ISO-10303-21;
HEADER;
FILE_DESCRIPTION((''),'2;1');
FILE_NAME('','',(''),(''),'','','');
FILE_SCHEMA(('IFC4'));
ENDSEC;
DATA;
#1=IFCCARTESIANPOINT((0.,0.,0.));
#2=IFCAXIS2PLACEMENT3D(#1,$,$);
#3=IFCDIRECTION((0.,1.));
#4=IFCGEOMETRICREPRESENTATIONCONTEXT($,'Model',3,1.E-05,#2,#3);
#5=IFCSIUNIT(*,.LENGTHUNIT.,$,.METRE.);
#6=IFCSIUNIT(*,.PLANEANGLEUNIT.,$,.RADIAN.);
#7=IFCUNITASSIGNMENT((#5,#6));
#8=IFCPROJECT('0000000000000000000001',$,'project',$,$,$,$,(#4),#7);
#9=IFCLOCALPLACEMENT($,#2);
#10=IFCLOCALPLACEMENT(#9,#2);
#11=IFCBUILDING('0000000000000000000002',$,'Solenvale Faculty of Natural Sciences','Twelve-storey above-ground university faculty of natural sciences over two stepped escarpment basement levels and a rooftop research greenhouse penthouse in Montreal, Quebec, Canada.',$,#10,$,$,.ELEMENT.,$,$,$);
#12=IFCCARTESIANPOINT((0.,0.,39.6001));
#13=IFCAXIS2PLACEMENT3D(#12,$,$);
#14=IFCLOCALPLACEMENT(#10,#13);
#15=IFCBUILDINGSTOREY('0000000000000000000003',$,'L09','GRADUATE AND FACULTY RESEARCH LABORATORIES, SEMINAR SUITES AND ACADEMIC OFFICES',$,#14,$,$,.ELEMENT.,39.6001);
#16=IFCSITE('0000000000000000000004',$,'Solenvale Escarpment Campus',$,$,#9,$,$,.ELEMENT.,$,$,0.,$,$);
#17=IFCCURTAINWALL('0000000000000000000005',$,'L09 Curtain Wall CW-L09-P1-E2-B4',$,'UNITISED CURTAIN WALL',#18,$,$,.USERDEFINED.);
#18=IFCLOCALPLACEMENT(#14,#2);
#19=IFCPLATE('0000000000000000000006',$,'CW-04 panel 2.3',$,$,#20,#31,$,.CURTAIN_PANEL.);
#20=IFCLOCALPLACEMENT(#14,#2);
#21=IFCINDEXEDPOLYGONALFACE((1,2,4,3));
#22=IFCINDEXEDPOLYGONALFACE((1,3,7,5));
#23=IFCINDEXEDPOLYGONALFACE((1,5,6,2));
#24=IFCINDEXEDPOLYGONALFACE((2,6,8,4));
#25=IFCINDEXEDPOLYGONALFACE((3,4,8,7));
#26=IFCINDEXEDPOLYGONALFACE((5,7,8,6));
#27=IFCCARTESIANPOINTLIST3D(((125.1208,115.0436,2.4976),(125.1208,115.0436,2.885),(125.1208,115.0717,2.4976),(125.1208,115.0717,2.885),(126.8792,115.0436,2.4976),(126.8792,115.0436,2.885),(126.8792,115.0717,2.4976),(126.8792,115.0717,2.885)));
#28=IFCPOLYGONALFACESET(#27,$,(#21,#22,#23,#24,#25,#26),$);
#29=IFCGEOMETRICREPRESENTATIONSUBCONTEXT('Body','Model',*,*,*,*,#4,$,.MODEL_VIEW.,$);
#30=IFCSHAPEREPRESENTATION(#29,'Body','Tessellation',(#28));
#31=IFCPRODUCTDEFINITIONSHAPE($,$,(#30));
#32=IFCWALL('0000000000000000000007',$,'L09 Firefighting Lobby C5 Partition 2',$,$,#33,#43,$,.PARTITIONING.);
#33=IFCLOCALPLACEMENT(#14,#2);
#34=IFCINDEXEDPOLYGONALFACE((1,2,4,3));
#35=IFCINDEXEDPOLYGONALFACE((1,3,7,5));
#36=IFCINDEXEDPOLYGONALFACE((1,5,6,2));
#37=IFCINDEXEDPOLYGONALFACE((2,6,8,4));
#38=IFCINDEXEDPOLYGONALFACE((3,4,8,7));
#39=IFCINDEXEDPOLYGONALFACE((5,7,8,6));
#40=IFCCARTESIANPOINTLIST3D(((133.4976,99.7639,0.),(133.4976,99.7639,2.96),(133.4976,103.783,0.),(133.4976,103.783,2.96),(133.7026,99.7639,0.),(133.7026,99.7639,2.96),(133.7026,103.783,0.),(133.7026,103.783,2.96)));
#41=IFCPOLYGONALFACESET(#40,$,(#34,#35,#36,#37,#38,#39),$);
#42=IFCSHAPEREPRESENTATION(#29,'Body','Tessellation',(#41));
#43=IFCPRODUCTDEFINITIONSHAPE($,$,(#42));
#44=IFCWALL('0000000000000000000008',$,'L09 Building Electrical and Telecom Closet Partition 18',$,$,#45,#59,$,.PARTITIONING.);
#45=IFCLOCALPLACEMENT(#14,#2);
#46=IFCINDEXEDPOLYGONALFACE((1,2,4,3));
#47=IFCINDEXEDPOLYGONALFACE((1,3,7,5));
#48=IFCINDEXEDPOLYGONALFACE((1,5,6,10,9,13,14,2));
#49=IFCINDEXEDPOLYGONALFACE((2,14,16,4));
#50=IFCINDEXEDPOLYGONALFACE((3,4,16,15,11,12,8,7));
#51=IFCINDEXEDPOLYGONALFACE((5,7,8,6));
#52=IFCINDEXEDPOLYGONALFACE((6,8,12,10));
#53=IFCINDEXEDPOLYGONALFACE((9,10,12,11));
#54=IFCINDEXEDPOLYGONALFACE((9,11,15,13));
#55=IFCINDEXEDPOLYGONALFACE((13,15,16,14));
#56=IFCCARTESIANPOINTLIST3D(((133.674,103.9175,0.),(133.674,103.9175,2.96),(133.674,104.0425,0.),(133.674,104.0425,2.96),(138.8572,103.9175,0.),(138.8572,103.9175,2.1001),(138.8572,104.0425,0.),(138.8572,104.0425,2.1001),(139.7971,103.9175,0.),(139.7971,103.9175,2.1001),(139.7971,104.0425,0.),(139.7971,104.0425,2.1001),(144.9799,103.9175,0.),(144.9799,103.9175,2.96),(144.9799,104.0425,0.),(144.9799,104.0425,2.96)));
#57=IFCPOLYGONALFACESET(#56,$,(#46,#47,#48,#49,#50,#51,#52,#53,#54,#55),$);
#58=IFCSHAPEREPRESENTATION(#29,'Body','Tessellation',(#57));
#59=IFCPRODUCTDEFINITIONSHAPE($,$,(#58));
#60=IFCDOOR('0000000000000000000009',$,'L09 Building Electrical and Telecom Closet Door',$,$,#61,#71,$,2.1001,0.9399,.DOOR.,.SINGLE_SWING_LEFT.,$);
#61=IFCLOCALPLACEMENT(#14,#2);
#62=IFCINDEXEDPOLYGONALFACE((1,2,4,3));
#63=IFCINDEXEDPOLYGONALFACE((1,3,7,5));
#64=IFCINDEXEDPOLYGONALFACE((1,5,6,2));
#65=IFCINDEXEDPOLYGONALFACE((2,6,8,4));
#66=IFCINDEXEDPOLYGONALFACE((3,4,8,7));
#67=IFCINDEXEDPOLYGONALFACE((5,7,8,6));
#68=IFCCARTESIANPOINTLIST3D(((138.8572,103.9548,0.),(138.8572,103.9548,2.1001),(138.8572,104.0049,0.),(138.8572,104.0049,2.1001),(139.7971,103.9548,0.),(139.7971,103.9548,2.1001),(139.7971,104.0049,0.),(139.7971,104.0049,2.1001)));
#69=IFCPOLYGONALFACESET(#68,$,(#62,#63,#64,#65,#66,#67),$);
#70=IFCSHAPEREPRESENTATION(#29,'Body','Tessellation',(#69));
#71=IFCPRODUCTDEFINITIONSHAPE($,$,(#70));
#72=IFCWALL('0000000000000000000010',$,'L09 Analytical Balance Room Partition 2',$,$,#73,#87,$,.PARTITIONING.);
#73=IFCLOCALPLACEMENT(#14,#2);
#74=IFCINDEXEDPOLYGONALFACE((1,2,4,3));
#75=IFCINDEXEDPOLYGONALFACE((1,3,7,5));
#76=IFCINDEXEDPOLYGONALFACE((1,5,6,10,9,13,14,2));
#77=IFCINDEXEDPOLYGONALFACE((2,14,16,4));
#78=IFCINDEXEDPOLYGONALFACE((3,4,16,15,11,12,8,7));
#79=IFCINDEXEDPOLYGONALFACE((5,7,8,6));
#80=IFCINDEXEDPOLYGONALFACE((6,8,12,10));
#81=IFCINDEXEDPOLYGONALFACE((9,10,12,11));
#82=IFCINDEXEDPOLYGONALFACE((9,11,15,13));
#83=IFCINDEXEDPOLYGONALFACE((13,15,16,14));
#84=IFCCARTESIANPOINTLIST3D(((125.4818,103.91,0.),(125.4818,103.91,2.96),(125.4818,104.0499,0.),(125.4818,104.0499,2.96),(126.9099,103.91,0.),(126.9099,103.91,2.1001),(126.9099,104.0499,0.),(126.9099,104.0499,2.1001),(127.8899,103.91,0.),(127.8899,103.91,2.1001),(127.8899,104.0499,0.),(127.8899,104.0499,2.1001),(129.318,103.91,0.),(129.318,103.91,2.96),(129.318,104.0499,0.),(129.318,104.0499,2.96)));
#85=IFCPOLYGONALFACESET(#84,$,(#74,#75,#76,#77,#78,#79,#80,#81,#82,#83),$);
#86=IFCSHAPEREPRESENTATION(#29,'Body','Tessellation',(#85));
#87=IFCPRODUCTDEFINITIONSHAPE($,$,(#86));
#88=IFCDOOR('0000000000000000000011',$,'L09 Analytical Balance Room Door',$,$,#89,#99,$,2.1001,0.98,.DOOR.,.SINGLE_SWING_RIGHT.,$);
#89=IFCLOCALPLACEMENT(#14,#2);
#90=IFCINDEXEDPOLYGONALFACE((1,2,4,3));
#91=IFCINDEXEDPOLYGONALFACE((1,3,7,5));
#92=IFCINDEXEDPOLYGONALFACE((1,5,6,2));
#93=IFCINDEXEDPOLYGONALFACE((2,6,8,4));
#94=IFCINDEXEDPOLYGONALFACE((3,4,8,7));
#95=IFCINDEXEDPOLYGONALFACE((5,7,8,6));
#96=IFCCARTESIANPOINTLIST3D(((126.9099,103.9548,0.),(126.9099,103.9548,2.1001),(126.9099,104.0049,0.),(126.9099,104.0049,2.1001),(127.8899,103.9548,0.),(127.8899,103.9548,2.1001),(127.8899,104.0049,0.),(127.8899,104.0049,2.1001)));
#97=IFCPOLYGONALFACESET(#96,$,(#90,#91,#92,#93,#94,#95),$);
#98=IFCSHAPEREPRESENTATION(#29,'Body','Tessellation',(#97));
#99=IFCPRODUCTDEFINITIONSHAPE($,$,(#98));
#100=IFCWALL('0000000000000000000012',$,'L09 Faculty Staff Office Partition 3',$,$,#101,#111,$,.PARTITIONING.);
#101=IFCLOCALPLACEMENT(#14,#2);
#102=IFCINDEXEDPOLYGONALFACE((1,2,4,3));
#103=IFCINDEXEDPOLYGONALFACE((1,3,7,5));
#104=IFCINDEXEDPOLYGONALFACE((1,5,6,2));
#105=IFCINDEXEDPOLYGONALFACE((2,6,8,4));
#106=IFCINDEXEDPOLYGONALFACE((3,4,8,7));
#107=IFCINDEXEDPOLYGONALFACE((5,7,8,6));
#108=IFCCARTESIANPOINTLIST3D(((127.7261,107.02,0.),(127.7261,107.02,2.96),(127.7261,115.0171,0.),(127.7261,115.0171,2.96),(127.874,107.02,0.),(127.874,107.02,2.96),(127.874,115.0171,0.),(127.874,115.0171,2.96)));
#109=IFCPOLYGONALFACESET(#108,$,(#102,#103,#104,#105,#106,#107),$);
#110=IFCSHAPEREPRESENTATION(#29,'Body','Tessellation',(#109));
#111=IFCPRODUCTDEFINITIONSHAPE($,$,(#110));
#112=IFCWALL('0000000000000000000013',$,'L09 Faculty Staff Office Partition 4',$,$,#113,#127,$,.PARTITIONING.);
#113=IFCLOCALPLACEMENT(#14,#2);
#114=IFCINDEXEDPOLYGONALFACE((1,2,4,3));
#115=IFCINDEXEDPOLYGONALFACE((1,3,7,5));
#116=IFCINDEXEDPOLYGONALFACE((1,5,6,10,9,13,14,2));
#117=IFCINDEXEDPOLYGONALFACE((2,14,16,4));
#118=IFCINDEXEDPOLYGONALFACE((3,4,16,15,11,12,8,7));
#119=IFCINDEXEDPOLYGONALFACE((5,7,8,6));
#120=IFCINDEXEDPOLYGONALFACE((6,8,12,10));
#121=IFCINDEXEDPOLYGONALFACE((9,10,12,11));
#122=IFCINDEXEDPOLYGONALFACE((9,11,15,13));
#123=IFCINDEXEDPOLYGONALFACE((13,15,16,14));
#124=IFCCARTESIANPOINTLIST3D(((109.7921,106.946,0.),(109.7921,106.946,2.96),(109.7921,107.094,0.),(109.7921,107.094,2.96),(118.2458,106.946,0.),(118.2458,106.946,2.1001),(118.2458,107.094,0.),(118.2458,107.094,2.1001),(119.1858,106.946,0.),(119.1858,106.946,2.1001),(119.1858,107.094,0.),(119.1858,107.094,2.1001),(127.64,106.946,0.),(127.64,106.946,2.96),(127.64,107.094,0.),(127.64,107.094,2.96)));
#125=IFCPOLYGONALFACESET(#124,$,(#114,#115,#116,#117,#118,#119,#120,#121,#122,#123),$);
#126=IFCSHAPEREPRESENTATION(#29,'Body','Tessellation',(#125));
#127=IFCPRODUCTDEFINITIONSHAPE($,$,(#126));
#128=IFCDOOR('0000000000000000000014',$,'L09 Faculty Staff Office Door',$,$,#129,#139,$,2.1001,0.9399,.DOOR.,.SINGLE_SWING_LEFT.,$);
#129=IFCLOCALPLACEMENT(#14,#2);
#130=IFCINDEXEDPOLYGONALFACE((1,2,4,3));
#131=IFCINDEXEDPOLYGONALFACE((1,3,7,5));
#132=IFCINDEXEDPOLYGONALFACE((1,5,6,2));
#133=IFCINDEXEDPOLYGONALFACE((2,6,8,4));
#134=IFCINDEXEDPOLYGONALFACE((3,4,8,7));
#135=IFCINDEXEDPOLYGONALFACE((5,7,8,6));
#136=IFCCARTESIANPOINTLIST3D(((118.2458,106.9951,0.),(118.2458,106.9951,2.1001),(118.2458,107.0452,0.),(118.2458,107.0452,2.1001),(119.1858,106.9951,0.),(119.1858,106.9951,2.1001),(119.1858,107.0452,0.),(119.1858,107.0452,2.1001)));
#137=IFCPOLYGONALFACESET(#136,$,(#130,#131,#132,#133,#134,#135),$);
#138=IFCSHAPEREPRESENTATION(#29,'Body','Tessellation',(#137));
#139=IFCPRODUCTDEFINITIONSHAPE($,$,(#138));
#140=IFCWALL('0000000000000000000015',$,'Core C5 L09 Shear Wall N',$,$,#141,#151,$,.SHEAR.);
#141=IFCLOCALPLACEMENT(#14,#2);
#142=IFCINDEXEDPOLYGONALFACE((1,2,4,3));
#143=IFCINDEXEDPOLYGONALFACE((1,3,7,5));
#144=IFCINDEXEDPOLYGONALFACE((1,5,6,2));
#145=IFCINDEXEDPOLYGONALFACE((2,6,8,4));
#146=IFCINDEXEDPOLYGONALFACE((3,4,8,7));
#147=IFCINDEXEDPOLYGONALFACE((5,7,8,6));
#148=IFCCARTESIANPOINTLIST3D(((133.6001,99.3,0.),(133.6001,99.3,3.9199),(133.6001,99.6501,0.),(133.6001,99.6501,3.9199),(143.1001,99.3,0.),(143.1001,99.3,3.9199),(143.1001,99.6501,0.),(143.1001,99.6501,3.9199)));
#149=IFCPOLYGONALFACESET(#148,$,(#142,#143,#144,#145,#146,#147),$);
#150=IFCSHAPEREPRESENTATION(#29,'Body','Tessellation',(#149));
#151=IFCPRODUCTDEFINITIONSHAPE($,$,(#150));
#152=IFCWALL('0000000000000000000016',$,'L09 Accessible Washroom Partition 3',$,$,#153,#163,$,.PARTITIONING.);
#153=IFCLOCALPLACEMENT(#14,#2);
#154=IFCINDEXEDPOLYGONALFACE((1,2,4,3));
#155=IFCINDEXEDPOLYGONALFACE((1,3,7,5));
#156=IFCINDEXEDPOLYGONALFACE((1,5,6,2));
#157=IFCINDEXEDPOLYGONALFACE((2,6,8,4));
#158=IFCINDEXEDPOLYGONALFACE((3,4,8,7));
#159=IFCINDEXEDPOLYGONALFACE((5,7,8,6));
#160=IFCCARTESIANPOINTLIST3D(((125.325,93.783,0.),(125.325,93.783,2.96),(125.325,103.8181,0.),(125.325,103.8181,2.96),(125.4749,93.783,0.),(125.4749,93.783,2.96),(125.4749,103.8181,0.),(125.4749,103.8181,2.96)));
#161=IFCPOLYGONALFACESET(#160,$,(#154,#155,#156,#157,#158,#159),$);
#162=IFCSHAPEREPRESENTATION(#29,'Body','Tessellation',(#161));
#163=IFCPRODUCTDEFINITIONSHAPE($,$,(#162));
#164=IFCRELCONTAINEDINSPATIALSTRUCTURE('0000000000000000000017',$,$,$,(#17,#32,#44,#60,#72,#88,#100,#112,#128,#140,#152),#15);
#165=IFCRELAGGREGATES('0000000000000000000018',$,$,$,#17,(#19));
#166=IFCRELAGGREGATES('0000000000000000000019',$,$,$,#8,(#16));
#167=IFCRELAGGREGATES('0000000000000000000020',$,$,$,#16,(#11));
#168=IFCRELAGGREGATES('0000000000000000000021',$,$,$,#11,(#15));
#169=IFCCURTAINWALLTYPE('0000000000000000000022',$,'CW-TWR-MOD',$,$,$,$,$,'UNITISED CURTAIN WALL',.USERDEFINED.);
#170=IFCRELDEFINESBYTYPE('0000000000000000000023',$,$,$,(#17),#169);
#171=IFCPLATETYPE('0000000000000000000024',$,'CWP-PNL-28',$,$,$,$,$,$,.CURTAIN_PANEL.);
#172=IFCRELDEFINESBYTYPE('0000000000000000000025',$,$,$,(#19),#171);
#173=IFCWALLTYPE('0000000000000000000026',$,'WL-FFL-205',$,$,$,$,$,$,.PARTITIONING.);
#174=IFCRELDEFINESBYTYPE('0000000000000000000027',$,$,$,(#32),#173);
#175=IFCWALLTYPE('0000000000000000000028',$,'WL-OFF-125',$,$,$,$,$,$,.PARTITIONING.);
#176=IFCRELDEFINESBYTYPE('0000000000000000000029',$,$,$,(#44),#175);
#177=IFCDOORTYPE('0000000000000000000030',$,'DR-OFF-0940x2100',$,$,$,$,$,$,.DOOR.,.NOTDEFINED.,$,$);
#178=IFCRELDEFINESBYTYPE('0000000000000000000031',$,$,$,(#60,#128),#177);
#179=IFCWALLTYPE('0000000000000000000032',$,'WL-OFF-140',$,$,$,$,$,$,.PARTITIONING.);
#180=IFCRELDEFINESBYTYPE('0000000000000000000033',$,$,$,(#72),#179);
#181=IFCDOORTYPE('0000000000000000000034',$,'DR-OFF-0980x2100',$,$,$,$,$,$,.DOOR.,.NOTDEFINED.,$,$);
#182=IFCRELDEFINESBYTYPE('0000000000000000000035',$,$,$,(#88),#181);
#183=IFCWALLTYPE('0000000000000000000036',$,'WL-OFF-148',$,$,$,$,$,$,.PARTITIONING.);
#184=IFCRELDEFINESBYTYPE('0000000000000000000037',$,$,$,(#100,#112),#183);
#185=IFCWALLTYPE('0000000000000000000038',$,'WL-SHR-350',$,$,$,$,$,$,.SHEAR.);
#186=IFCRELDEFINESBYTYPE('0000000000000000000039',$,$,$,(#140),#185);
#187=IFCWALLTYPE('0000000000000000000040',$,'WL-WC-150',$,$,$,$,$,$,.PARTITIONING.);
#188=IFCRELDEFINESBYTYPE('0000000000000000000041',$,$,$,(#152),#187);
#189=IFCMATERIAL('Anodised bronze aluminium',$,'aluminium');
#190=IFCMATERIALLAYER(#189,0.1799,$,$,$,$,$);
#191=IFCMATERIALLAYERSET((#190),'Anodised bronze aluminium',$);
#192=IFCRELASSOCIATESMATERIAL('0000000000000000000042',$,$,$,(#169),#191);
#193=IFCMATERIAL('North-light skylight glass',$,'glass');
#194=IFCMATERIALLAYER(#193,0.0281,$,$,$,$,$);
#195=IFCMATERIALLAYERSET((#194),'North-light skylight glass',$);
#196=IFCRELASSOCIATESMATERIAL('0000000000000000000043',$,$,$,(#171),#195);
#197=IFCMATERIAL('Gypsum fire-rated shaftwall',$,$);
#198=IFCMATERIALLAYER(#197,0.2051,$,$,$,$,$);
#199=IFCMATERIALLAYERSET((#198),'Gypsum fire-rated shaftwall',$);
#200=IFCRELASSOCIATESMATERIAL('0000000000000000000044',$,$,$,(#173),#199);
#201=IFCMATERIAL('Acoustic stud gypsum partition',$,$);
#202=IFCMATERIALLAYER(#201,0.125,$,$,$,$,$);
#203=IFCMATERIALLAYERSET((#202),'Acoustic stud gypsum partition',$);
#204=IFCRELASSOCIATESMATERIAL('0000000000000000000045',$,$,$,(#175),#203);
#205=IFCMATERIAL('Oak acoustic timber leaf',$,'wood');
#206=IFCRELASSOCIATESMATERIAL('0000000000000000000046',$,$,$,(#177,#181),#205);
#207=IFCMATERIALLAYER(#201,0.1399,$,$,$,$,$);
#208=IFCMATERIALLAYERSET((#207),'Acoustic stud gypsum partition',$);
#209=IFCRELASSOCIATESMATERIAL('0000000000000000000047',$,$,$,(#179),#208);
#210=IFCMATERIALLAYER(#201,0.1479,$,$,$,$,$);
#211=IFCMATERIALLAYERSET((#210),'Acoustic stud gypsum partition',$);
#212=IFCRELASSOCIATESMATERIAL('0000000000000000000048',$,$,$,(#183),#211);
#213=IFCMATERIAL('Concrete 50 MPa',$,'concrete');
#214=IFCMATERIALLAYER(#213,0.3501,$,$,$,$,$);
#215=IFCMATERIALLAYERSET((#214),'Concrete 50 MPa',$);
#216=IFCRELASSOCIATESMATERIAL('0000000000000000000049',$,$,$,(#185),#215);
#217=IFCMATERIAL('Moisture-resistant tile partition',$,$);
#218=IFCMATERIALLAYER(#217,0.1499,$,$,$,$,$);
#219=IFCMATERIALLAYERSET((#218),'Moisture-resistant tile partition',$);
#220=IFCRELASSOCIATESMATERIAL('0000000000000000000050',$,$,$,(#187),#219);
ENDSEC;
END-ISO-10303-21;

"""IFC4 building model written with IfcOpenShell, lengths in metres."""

from ifc_helpers import new_model, si_unit, direction, frame, frame_2d, origin, origin_2d, place, context, subcontext, project, spatial, rectangle, extrude, material, layer, layer_set, type_object, element, fill, aggregate, save


model = new_model("IFC4")

# Units and contexts
model_context = context("Model", 3, precision=1e-05, world=origin(), true_north=direction((0.0, 1.0)))
body_context = subcontext(model_context, "Body", "Model", "MODEL_VIEW")
ifc_project = project(units=[si_unit("LENGTHUNIT", "METRE"), si_unit("PLANEANGLEUNIT", "RADIAN")], contexts=[model_context])

# Site, building, storey
site_placement = place(None, origin())
site = spatial("IfcSite", under=ifc_project, at=site_placement, Name="Solenvale Escarpment Campus", CompositionType="ELEMENT", RefElevation=0.0)
building_placement = place(site_placement, origin())
building = spatial("IfcBuilding", under=site, at=building_placement, Name="Solenvale Faculty of Natural Sciences", Description="Twelve-storey above-ground university faculty of natural sciences over two stepped escarpment basement levels and a rooftop research greenhouse penthouse in Montreal, Quebec, Canada.", CompositionType="ELEMENT")
storey_placement = place(building_placement, frame((0.0, 0.0, 39.6001)))
storey = spatial("IfcBuildingStorey", under=building, at=storey_placement, Name="L09", Description="GRADUATE AND FACULTY RESEARCH LABORATORIES, SEMINAR SUITES AND ACADEMIC OFFICES", CompositionType="ELEMENT", Elevation=39.6001)

# Curtain wall, plate
ifc_material_1 = material(Name="Anodised bronze aluminium", Category="aluminium")
ifc_layer_1 = layer(ifc_material_1, 0.1799)
ifc_layer_set_1 = layer_set([ifc_layer_1], Name="Anodised bronze aluminium")
curtain_wall_type = type_object("IfcCurtainWallType", Name="CW-TWR-MOD", ElementType="UNITISED CURTAIN WALL", PredefinedType="USERDEFINED", material=ifc_layer_set_1)
curtain_wall_placement = place(storey_placement, origin())
curtain_wall = element("IfcCurtainWall", 1, at=curtain_wall_placement, inside=storey, type_object=curtain_wall_type, Name="L09 Curtain Wall CW-L09-P1-E2-B4", ObjectType="UNITISED CURTAIN WALL", PredefinedType="USERDEFINED")
ifc_material_2 = material(Name="North-light skylight glass", Category="glass")
ifc_layer_2 = layer(ifc_material_2, 0.0281)
ifc_layer_set_2 = layer_set([ifc_layer_2], Name="North-light skylight glass")
plate_type = type_object("IfcPlateType", Name="CWP-PNL-28", PredefinedType="CURTAIN_PANEL", material=ifc_layer_set_2)
plate_1_placement = place(storey_placement, frame((126.0, 115.0576, 2.4976), z_axis=(0.0, 0.0, 1.0), x_axis=(-1.0, 0.0, 0.0)))
plate_1 = element("IfcPlate", 2, at=plate_1_placement, type_object=plate_type, Name="CW-04 panel 2.3", PredefinedType="CURTAIN_PANEL", context=body_context, shape_type="SweptSolid", body=[
    extrude(rectangle(XDim=1.7583, YDim=0.0281, at=origin_2d()), origin(), (0.0, 0.0, 1.0), 0.3875),
])
aggregate(curtain_wall, [plate_1])

# Shared definitions
ifc_material_3 = material(Name="Gypsum fire-rated shaftwall")
ifc_layer_3 = layer(ifc_material_3, 0.2051)
ifc_layer_set_3 = layer_set([ifc_layer_3], Name="Gypsum fire-rated shaftwall")
wall_type_1 = type_object("IfcWallType", Name="WL-FFL-205", PredefinedType="PARTITIONING", material=ifc_layer_set_3)

# Wall
wall_1_placement = place(storey_placement, frame((133.6001, 103.783, 0.0), z_axis=(0.0, 0.0, 1.0), x_axis=(0.0, -1.0, 0.0)))
element("IfcWall", 3, at=wall_1_placement, inside=storey, type_object=wall_type_1, Name="L09 Firefighting Lobby C5 Partition 2", PredefinedType="PARTITIONING", context=body_context, shape_type="SweptSolid", body=[
    extrude(rectangle(XDim=4.019, YDim=0.2051, at=frame_2d((2.0095, 0.0))), origin(), (0.0, 0.0, 1.0), 2.96),
])

# Walls, openings, doors
ifc_material_4 = material(Name="Acoustic stud gypsum partition")
ifc_layer_4 = layer(ifc_material_4, 0.125)
ifc_layer_set_4 = layer_set([ifc_layer_4], Name="Acoustic stud gypsum partition")
wall_type_2 = type_object("IfcWallType", Name="WL-OFF-125", PredefinedType="PARTITIONING", material=ifc_layer_set_4)
wall_2_placement = place(storey_placement, frame((133.6741, 103.98, 0.0), z_axis=(0.0, 0.0, 1.0), x_axis=(1.0, 0.0, 0.0)))
wall_2 = element("IfcWall", 4, at=wall_2_placement, inside=storey, type_object=wall_type_2, Name="L09 Building Electrical and Telecom Closet Partition 18", PredefinedType="PARTITIONING", context=body_context, shape_type="SweptSolid", body=[
    extrude(rectangle(XDim=11.3059, YDim=0.125, at=frame_2d((5.6528, 0.0))), origin(), (0.0, 0.0, 1.0), 2.96),
])
opening_1_placement = place(wall_2_placement, frame((5.1831, 0.0, 0.0)))
opening_1 = element("IfcOpeningElement", 5, at=opening_1_placement, cuts=wall_2, PredefinedType="OPENING", context=body_context, shape_type="SweptSolid", body=[
    extrude(rectangle(XDim=0.9399, YDim=2.1001, at=frame_2d((0.47, 1.05))), frame((0.0, 0.0725, 0.0), z_axis=(0.0, -1.0, 0.0), x_axis=(1.0, 0.0, 0.0)), (0.0, 0.0, 1.0), 0.145),
])
ifc_material_5 = material(Name="Oak acoustic timber leaf", Category="wood")
door_type_1 = type_object("IfcDoorType", Name="DR-OFF-0940x2100", OperationType="NOTDEFINED", PredefinedType="DOOR", material=ifc_material_5)
door_1_placement = place(opening_1_placement, origin())
door_1 = element("IfcDoor", 6, at=door_1_placement, inside=storey, type_object=door_type_1, Name="L09 Building Electrical and Telecom Closet Door", OperationType="SINGLE_SWING_LEFT", OverallHeight=2.1001, OverallWidth=0.9399, PredefinedType="DOOR", context=body_context, shape_type="SweptSolid", body=[
    extrude(rectangle(XDim=0.9399, YDim=2.1001, at=frame_2d((0.47, 1.05))), frame((0.0, 0.0249, 0.0), z_axis=(0.0, -1.0, 0.0), x_axis=(1.0, 0.0, 0.0)), (0.0, 0.0, 1.0), 0.05),
])
fill(opening_1, door_1)
ifc_layer_5 = layer(ifc_material_4, 0.1399)
ifc_layer_set_5 = layer_set([ifc_layer_5], Name="Acoustic stud gypsum partition")
wall_type_3 = type_object("IfcWallType", Name="WL-OFF-140", PredefinedType="PARTITIONING", material=ifc_layer_set_5)
wall_3_placement = place(storey_placement, frame((125.4819, 103.98, 0.0), z_axis=(0.0, 0.0, 1.0), x_axis=(1.0, 0.0, 0.0)))
wall_3 = element("IfcWall", 7, at=wall_3_placement, inside=storey, type_object=wall_type_3, Name="L09 Analytical Balance Room Partition 2", PredefinedType="PARTITIONING", context=body_context, shape_type="SweptSolid", body=[
    extrude(rectangle(XDim=3.8362, YDim=0.1399, at=frame_2d((1.918, 0.0))), origin(), (0.0, 0.0, 1.0), 2.96),
])
opening_2_placement = place(wall_3_placement, frame((1.428, 0.0, 0.0)))
opening_2 = element("IfcOpeningElement", 8, at=opening_2_placement, cuts=wall_3, PredefinedType="OPENING", context=body_context, shape_type="SweptSolid", body=[
    extrude(rectangle(XDim=0.98, YDim=2.1001, at=frame_2d((0.49, 1.05))), frame((0.0, 0.0798, 0.0), z_axis=(0.0, -1.0, 0.0), x_axis=(1.0, 0.0, 0.0)), (0.0, 0.0, 1.0), 0.1599),
])
door_type_2 = type_object("IfcDoorType", Name="DR-OFF-0980x2100", OperationType="NOTDEFINED", PredefinedType="DOOR", material=ifc_material_5)
door_2_placement = place(opening_2_placement, origin())
door_2 = element("IfcDoor", 9, at=door_2_placement, inside=storey, type_object=door_type_2, Name="L09 Analytical Balance Room Door", OperationType="SINGLE_SWING_RIGHT", OverallHeight=2.1001, OverallWidth=0.98, PredefinedType="DOOR", context=body_context, shape_type="SweptSolid", body=[
    extrude(rectangle(XDim=0.98, YDim=2.1001, at=frame_2d((0.49, 1.05))), frame((0.0, 0.0249, 0.0), z_axis=(0.0, -1.0, 0.0), x_axis=(1.0, 0.0, 0.0)), (0.0, 0.0, 1.0), 0.05),
])
fill(opening_2, door_2)

# Wall
ifc_layer_6 = layer(ifc_material_4, 0.1479)
ifc_layer_set_6 = layer_set([ifc_layer_6], Name="Acoustic stud gypsum partition")
wall_type_4 = type_object("IfcWallType", Name="WL-OFF-148", PredefinedType="PARTITIONING", material=ifc_layer_set_6)
wall_4_placement = place(storey_placement, frame((127.8, 115.0171, 0.0), z_axis=(0.0, 0.0, 1.0), x_axis=(0.0, -1.0, 0.0)))
element("IfcWall", 10, at=wall_4_placement, inside=storey, type_object=wall_type_4, Name="L09 Faculty Staff Office Partition 3", PredefinedType="PARTITIONING", context=body_context, shape_type="SweptSolid", body=[
    extrude(rectangle(XDim=7.9971, YDim=0.1479, at=frame_2d((3.9985, 0.0))), origin(), (0.0, 0.0, 1.0), 2.96),
])

# Wall, opening, door
wall_5_placement = place(storey_placement, frame((127.6399, 107.02, 0.0), z_axis=(0.0, 0.0, 1.0), x_axis=(-1.0, 0.0, 0.0)))
wall_5 = element("IfcWall", 11, at=wall_5_placement, inside=storey, type_object=wall_type_4, Name="L09 Faculty Staff Office Partition 4", PredefinedType="PARTITIONING", context=body_context, shape_type="SweptSolid", body=[
    extrude(rectangle(XDim=17.8479, YDim=0.1479, at=frame_2d((8.9238, 0.0))), origin(), (0.0, 0.0, 1.0), 2.96),
])
opening_3_placement = place(wall_5_placement, frame((8.4541, 0.0, 0.0)))
opening_3 = element("IfcOpeningElement", 12, at=opening_3_placement, cuts=wall_5, PredefinedType="OPENING", context=body_context, shape_type="SweptSolid", body=[
    extrude(rectangle(XDim=0.9399, YDim=2.1001, at=frame_2d((0.47, 1.05))), frame((0.0, 0.084, 0.0), z_axis=(0.0, -1.0, 0.0), x_axis=(1.0, 0.0, 0.0)), (0.0, 0.0, 1.0), 0.168),
])
door_3_placement = place(opening_3_placement, origin())
door_3 = element("IfcDoor", 13, at=door_3_placement, inside=storey, type_object=door_type_1, Name="L09 Faculty Staff Office Door", OperationType="SINGLE_SWING_LEFT", OverallHeight=2.1001, OverallWidth=0.9399, PredefinedType="DOOR", context=body_context, shape_type="SweptSolid", body=[
    extrude(rectangle(XDim=0.9399, YDim=2.1001, at=frame_2d((0.47, 1.05))), frame((0.0, 0.0249, 0.0), z_axis=(0.0, -1.0, 0.0), x_axis=(1.0, 0.0, 0.0)), (0.0, 0.0, 1.0), 0.05),
])
fill(opening_3, door_3)

# Walls
ifc_material_6 = material(Name="Concrete 50 MPa", Category="concrete")
ifc_layer_7 = layer(ifc_material_6, 0.3501)
ifc_layer_set_7 = layer_set([ifc_layer_7], Name="Concrete 50 MPa")
wall_type_5 = type_object("IfcWallType", Name="WL-SHR-350", PredefinedType="SHEAR", material=ifc_layer_set_7)
wall_6_placement = place(storey_placement, frame((133.6001, 99.4751, 0.0), z_axis=(0.0, 0.0, 1.0), x_axis=(1.0, 0.0, 0.0)))
element("IfcWall", 14, at=wall_6_placement, inside=storey, type_object=wall_type_5, Name="Core C5 L09 Shear Wall N", PredefinedType="SHEAR", context=body_context, shape_type="SweptSolid", body=[
    extrude(rectangle(XDim=9.5, YDim=0.3501, at=frame_2d((4.75, 0.0))), origin(), (0.0, 0.0, 1.0), 3.9199),
])
ifc_material_7 = material(Name="Moisture-resistant tile partition")
ifc_layer_8 = layer(ifc_material_7, 0.1499)
ifc_layer_set_8 = layer_set([ifc_layer_8], Name="Moisture-resistant tile partition")
wall_type_6 = type_object("IfcWallType", Name="WL-WC-150", PredefinedType="PARTITIONING", material=ifc_layer_set_8)
wall_7_placement = place(storey_placement, frame((125.3999, 103.8181, 0.0), z_axis=(0.0, 0.0, 1.0), x_axis=(0.0, -1.0, 0.0)))
element("IfcWall", 15, at=wall_7_placement, inside=storey, type_object=wall_type_6, Name="L09 Accessible Washroom Partition 3", PredefinedType="PARTITIONING", context=body_context, shape_type="SweptSolid", body=[
    extrude(rectangle(XDim=10.0352, YDim=0.1499, at=frame_2d((5.0176, 0.0))), origin(), (0.0, 0.0, 1.0), 2.96),
])

save(model, "model.ifc")
